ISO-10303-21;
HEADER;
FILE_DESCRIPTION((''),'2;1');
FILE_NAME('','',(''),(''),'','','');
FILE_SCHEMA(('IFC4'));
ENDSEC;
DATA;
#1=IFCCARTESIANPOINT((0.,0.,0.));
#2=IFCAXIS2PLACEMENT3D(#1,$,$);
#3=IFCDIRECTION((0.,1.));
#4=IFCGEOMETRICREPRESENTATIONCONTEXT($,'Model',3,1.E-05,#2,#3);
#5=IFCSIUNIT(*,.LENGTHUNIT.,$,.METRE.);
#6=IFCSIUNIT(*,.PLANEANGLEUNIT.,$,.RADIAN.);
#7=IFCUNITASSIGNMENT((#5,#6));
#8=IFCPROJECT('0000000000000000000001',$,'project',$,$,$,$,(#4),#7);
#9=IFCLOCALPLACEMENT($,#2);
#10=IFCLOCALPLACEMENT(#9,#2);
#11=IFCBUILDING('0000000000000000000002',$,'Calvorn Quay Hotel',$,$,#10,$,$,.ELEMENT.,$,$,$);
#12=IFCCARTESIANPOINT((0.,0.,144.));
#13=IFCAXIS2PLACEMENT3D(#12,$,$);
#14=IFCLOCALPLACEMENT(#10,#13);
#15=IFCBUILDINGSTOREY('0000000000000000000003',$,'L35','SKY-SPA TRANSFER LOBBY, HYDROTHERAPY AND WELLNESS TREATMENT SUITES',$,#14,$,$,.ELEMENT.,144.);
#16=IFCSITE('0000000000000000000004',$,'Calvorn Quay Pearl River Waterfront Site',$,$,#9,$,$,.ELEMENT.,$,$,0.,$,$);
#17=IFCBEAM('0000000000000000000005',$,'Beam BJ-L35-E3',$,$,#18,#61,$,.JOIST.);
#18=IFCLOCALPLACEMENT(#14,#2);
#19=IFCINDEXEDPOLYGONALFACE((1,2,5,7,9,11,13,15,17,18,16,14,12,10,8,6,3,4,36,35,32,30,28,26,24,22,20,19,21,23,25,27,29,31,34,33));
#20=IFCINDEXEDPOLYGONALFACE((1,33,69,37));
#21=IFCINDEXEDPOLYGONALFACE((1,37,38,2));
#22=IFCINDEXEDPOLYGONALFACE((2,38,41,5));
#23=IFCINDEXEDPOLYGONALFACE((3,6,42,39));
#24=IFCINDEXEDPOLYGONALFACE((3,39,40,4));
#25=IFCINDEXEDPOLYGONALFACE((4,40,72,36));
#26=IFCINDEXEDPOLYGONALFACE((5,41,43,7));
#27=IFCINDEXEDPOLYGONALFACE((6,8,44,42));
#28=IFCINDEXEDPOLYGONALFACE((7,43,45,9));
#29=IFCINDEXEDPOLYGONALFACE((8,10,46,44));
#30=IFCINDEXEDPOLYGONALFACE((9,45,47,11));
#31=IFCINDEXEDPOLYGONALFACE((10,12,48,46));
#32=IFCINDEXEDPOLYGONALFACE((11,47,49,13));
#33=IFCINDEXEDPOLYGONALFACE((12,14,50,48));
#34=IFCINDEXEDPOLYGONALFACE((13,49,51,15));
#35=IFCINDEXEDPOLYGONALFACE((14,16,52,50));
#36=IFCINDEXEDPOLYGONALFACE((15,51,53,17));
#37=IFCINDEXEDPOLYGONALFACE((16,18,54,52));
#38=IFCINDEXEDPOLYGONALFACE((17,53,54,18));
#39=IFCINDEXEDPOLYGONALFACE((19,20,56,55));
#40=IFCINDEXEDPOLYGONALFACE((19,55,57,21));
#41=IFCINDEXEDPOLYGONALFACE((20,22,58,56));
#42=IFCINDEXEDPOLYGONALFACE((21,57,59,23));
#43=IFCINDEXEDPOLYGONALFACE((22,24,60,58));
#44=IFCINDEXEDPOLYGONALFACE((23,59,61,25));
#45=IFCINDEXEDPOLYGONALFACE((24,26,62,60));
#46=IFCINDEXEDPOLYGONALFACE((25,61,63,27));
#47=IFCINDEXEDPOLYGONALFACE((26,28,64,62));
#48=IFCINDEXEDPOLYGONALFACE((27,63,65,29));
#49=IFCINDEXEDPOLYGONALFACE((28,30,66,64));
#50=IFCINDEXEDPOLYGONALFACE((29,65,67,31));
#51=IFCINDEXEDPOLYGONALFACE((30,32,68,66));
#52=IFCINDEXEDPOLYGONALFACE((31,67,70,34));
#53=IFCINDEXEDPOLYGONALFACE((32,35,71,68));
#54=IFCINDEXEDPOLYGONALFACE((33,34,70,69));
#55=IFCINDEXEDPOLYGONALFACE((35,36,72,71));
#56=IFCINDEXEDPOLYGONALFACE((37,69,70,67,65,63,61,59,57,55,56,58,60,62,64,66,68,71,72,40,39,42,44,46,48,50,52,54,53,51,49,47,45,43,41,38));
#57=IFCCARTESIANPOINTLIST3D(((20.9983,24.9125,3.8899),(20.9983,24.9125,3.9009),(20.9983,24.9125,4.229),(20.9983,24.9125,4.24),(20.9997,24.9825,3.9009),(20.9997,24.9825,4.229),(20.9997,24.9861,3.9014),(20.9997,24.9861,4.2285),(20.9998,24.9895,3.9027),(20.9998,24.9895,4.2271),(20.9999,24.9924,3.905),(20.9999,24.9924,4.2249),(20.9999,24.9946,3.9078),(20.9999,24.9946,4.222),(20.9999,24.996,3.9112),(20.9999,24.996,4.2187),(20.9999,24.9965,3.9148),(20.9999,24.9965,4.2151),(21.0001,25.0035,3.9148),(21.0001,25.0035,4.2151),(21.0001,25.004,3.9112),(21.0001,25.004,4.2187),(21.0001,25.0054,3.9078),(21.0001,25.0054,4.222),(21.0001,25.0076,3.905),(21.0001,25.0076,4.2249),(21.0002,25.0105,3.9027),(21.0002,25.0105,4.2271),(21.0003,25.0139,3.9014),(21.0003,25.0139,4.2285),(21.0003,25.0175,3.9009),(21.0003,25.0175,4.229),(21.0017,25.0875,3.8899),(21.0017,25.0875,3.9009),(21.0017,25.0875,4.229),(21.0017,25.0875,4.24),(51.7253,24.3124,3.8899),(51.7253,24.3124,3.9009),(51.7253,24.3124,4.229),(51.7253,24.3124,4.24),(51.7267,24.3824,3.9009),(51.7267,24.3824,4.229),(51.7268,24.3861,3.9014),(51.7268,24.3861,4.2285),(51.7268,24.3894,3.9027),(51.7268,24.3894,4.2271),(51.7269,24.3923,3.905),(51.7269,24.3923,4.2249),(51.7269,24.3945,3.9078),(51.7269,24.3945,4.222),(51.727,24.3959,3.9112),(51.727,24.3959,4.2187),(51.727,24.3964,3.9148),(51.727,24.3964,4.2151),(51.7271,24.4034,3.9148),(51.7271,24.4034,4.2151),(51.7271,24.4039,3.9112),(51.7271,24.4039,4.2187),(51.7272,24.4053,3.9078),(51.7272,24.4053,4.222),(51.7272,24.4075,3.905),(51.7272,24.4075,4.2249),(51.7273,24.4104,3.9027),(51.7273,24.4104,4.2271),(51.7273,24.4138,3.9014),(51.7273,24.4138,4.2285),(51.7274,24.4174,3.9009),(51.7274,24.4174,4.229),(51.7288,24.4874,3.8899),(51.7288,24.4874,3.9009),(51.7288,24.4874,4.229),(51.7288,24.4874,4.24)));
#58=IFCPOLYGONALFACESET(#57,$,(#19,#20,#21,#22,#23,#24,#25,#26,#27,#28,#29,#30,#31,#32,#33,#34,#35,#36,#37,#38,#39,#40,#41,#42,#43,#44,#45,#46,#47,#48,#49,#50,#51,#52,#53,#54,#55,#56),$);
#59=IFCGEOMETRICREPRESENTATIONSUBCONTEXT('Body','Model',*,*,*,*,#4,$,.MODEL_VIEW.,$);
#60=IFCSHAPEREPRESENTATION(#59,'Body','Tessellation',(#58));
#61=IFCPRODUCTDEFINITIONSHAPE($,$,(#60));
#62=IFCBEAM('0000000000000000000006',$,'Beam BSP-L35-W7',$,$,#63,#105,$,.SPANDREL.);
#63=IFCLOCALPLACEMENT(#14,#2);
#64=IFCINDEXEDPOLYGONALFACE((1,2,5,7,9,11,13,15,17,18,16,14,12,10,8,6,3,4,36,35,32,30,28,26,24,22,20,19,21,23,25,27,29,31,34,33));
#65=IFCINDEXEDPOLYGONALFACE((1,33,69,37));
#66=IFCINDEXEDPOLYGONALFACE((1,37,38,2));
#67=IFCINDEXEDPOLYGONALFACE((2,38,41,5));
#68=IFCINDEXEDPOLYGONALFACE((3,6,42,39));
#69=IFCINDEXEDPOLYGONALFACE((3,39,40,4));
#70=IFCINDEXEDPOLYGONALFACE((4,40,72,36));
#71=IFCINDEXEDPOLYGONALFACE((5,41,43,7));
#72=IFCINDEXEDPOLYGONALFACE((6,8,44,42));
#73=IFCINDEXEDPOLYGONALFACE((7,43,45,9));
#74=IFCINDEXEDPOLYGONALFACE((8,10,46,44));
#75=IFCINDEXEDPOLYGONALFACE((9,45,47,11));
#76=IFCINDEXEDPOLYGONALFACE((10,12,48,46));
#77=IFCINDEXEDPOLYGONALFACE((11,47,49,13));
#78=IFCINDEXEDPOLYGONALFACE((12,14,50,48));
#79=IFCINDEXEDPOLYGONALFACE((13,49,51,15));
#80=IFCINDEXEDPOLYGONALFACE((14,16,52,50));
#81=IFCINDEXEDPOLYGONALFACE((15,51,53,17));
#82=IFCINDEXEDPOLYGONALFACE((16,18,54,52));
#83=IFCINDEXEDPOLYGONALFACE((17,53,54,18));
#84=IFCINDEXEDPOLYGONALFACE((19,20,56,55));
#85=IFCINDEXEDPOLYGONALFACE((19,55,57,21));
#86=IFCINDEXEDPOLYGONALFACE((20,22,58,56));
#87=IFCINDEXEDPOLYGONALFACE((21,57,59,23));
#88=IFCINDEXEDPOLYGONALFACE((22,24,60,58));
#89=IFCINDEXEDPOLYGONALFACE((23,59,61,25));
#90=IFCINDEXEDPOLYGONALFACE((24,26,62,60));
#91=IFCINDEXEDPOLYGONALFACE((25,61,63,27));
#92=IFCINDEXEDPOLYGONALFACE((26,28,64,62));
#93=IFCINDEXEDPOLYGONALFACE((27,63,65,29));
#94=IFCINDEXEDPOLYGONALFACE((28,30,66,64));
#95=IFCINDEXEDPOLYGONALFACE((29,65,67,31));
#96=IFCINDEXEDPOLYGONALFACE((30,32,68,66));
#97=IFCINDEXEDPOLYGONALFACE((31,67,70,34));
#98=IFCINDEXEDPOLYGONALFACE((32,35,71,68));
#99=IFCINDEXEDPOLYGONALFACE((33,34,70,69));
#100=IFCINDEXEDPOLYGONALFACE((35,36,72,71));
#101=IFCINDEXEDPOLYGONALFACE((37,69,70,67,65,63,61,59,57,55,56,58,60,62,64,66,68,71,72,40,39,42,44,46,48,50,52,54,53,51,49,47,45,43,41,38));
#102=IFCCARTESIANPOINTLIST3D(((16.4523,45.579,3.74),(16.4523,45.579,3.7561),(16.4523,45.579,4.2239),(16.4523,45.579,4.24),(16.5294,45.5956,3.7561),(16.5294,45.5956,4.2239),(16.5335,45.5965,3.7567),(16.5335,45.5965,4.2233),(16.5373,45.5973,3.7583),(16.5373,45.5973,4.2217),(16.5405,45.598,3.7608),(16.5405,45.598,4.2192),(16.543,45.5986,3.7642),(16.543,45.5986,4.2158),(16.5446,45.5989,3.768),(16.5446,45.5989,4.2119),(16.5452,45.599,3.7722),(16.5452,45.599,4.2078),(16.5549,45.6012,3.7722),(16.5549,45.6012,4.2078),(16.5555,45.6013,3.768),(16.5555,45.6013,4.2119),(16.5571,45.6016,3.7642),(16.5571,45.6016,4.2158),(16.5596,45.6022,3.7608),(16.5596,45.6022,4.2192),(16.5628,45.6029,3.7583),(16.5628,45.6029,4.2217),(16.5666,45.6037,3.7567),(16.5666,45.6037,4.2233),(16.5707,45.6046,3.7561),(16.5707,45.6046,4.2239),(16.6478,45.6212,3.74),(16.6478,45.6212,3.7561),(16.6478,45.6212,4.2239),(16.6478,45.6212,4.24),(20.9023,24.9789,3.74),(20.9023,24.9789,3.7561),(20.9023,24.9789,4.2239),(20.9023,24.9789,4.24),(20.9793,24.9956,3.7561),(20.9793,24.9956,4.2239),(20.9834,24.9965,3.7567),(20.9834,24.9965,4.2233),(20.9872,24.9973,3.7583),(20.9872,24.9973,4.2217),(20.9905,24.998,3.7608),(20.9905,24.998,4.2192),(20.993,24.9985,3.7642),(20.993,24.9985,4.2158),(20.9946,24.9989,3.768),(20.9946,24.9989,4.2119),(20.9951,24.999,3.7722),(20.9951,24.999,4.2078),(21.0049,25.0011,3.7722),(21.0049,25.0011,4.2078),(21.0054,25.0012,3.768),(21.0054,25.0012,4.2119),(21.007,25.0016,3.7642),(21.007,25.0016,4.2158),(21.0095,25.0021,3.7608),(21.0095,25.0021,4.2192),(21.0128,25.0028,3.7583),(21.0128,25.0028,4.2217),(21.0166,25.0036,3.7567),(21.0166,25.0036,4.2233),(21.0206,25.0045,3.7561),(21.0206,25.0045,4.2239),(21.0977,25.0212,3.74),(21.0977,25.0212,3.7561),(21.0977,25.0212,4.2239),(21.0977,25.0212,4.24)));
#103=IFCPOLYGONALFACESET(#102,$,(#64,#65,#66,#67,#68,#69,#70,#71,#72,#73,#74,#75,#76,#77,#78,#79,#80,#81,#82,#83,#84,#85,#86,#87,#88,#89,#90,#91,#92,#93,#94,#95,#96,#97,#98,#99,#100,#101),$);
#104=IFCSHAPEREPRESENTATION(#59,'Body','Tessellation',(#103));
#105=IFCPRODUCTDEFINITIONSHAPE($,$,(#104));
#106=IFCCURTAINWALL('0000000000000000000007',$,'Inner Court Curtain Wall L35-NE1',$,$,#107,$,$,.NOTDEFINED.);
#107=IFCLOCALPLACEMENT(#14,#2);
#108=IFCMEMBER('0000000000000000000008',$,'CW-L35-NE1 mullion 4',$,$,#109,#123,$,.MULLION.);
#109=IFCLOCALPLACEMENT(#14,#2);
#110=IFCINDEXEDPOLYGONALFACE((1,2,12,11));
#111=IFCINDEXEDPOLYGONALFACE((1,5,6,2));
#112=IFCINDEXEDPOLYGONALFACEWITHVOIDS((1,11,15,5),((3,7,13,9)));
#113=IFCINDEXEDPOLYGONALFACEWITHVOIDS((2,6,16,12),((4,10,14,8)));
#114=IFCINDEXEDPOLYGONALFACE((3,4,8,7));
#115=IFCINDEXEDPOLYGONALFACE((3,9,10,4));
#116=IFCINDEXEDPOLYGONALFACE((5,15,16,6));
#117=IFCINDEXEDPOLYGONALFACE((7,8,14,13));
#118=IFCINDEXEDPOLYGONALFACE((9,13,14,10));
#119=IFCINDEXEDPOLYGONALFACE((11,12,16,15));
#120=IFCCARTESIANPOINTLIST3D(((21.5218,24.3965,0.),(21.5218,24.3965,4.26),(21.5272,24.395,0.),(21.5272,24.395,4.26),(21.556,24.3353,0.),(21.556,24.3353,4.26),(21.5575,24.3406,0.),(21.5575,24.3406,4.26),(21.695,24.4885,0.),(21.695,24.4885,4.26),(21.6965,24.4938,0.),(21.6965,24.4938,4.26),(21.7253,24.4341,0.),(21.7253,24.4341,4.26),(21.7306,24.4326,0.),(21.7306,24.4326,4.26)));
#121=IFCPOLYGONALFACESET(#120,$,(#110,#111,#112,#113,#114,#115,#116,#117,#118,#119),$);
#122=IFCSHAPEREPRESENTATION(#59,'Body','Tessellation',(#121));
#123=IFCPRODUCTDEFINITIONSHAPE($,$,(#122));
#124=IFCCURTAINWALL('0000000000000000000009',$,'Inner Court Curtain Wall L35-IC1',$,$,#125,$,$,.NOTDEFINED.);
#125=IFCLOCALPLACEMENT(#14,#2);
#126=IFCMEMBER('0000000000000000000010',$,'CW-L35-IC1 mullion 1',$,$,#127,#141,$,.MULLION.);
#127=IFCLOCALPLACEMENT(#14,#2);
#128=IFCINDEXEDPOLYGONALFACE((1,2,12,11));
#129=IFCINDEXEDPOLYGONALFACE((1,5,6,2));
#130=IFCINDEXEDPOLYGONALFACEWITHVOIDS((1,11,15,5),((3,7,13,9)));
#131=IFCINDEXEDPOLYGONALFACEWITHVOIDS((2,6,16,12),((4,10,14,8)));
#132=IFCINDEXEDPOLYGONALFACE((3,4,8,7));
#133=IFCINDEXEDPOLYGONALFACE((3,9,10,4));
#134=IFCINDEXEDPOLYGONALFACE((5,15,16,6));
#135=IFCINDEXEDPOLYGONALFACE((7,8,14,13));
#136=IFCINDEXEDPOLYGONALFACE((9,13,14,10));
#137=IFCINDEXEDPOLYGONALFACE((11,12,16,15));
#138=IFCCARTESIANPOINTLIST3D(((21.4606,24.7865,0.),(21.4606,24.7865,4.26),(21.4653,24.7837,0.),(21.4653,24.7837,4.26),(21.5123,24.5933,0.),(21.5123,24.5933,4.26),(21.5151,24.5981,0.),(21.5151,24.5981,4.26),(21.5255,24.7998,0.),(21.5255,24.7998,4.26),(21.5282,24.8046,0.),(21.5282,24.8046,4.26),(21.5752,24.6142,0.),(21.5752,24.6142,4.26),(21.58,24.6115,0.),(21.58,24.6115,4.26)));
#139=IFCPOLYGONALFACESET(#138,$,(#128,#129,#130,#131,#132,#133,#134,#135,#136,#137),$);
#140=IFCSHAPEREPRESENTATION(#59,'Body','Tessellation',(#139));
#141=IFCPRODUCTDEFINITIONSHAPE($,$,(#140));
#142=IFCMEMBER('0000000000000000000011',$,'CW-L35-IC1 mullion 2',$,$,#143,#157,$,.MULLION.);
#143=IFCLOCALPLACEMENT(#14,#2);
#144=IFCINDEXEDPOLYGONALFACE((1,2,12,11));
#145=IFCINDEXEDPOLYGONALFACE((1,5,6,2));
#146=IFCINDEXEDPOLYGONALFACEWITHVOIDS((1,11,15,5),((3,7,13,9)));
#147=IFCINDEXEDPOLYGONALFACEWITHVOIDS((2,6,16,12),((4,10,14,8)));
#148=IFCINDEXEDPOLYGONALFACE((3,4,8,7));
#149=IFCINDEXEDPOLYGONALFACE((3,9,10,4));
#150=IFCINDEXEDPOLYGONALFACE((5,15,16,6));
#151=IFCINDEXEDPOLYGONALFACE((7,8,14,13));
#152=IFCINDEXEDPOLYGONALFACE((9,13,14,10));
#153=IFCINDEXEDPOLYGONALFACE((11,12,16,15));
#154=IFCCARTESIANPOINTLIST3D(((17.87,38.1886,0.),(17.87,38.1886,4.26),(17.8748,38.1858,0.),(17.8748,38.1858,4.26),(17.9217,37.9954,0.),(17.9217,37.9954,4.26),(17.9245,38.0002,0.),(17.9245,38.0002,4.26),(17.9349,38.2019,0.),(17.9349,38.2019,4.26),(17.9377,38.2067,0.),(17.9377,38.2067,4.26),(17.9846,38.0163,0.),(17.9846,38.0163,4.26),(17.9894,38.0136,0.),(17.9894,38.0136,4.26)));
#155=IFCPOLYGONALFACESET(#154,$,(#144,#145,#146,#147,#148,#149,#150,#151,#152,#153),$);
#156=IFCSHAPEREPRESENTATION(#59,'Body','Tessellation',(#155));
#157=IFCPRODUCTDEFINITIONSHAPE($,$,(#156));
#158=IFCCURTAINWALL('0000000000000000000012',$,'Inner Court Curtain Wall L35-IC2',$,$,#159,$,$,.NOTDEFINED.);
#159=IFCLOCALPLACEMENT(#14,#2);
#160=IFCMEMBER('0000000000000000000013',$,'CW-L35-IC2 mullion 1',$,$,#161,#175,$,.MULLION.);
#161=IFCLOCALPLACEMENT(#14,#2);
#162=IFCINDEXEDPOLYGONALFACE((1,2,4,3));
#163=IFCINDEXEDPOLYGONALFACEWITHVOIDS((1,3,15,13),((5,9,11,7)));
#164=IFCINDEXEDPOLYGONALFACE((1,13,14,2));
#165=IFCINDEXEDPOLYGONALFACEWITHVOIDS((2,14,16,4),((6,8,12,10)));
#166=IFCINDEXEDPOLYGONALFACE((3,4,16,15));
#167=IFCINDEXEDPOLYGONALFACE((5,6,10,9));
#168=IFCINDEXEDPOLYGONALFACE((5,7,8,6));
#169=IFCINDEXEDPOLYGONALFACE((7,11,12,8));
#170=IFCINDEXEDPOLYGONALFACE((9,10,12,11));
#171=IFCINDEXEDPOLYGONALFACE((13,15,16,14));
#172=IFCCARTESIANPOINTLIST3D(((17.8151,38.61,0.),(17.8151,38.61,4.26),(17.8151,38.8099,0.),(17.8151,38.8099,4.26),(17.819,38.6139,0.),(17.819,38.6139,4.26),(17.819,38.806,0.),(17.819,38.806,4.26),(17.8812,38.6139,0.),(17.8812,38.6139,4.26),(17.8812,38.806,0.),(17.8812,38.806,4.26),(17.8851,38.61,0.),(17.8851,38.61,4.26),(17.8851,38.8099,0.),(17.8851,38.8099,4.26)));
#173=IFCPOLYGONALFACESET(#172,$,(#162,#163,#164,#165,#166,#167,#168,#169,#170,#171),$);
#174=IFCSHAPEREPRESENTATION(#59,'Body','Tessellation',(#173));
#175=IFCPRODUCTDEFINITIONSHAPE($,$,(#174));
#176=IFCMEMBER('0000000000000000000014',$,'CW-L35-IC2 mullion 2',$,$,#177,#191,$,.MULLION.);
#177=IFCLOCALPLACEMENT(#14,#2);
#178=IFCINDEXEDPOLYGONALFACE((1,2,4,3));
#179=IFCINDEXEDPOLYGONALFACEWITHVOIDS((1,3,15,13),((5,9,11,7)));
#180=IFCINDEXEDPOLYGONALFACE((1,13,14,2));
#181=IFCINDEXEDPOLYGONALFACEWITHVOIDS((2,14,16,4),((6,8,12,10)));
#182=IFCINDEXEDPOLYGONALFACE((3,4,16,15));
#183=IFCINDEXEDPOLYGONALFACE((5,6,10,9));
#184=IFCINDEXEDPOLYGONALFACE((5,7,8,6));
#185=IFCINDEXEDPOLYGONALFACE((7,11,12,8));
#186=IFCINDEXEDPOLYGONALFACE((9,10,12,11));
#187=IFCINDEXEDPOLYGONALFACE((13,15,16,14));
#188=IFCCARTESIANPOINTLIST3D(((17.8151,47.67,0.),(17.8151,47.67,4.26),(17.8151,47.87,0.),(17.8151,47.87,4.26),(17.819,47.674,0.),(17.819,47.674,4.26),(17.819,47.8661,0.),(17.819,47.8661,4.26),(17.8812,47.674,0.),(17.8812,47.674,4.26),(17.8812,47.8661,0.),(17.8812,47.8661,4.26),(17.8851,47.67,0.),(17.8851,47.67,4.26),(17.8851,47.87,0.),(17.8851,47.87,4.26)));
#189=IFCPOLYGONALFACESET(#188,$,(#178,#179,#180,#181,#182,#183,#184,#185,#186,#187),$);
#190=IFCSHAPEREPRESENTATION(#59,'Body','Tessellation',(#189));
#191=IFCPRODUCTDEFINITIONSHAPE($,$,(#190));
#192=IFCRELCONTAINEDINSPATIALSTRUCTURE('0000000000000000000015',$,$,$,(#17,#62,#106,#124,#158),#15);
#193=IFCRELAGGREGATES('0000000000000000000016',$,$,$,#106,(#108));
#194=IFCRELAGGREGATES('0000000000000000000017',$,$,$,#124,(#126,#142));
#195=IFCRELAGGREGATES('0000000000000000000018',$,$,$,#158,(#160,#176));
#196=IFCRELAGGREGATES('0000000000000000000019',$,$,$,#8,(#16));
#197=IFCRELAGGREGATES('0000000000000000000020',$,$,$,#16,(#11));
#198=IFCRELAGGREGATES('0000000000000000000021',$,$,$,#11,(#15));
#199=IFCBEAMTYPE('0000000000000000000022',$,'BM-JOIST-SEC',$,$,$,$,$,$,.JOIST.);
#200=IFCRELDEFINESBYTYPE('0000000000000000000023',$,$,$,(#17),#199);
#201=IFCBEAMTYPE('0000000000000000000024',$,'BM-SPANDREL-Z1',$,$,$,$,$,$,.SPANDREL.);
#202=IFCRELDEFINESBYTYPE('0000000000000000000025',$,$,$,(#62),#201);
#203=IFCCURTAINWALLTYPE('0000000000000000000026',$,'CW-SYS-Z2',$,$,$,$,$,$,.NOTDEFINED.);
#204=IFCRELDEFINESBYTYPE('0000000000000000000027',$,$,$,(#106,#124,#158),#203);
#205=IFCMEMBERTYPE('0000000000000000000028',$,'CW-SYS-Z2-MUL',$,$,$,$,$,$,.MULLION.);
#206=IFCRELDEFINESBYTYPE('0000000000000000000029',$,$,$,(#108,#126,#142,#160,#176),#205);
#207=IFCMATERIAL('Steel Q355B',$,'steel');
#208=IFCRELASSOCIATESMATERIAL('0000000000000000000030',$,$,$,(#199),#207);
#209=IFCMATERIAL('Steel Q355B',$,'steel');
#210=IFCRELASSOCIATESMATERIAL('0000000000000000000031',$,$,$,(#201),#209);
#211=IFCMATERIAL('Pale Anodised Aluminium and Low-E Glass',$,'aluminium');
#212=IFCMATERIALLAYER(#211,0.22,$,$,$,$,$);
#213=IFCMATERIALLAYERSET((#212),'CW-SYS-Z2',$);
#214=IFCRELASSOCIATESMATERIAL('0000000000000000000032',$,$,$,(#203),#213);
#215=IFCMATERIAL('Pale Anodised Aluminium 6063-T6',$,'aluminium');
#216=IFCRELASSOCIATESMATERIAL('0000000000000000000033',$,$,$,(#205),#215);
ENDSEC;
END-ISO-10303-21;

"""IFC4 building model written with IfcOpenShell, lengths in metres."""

from ifc_helpers import new_model, si_unit, direction, frame, origin, origin_2d, place, context, subcontext, project, spatial, hollow_rectangle, i_section, extrude, material, layer, layer_set, material_profile, profile_set, type_object, element, aggregate, save


model = new_model("IFC4")

# Units and contexts
model_context = context("Model", 3, precision=1e-05, world=origin(), true_north=direction((0.0, 1.0)))
body_context = subcontext(model_context, "Body", "Model", "MODEL_VIEW")
ifc_project = project(units=[si_unit("LENGTHUNIT", "METRE"), si_unit("PLANEANGLEUNIT", "RADIAN")], contexts=[model_context])

# Site, building, storey
site_placement = place(None, origin())
site = spatial("IfcSite", under=ifc_project, at=site_placement, Name="Calvorn Quay Pearl River Waterfront Site", CompositionType="ELEMENT", RefElevation=0.0)
building_placement = place(site_placement, origin())
building = spatial("IfcBuilding", under=site, at=building_placement, Name="Calvorn Quay Hotel", CompositionType="ELEMENT")
storey_placement = place(building_placement, frame((0.0, 0.0, 144.0)))
storey = spatial("IfcBuildingStorey", under=building, at=storey_placement, Name="L35", Description="SKY-SPA TRANSFER LOBBY, HYDROTHERAPY AND WELLNESS TREATMENT SUITES", CompositionType="ELEMENT", Elevation=144.0)

# Beams
ifc_material_1 = material(Name="Steel Q355B", Category="steel")
ifc_material_profile_1 = material_profile(ifc_material_1, i_section(OverallWidth=0.175, OverallDepth=0.3501, WebThickness=0.0071, FlangeThickness=0.011, FilletRadius=0.0139, at=origin_2d()), Name="HN350x175x7x11")
ifc_profile_set_1 = profile_set([ifc_material_profile_1], Name="Steel Q355B")
beam_type_1 = type_object("IfcBeamType", Name="BM-JOIST-SEC", PredefinedType="JOIST", material=ifc_profile_set_1)
beam_1_placement = place(storey_placement, frame((21.0, 25.0, 4.0649), z_axis=(0.999809, -0.019526, 0.0), x_axis=(0.019526, 0.999809, 0.0)))
element("IfcBeam", 1, at=beam_1_placement, inside=storey, type_object=beam_type_1, Name="Beam BJ-L35-E3", PredefinedType="JOIST", context=body_context, shape_type="SweptSolid", body=[
    extrude(i_section(OverallWidth=0.175, OverallDepth=0.3501, WebThickness=0.0071, FlangeThickness=0.011, FilletRadius=0.0139, at=origin_2d()), origin(), (0.0, 0.0, 1.0), 30.7329),
])
ifc_material_2 = material(Name="Steel Q355B", Category="steel")
ifc_material_profile_2 = material_profile(ifc_material_2, i_section(OverallWidth=0.2, OverallDepth=0.5, WebThickness=0.01, FlangeThickness=0.0161, FilletRadius=0.0161, at=origin_2d()), Name="HN500x200x10x16")
ifc_profile_set_2 = profile_set([ifc_material_profile_2], Name="Steel Q355B")
beam_type_2 = type_object("IfcBeamType", Name="BM-SPANDREL-Z1", PredefinedType="SPANDREL", material=ifc_profile_set_2)
beam_2_placement = place(storey_placement, frame((16.55, 45.6001, 3.99), z_axis=(0.211146, -0.977455, 0.0), x_axis=(0.977455, 0.211146, 0.0)))
element("IfcBeam", 2, at=beam_2_placement, inside=storey, type_object=beam_type_2, Name="Beam BSP-L35-W7", PredefinedType="SPANDREL", context=body_context, shape_type="SweptSolid", body=[
    extrude(i_section(OverallWidth=0.2, OverallDepth=0.5, WebThickness=0.01, FlangeThickness=0.0161, FilletRadius=0.0161, at=origin_2d()), origin(), (0.0, 0.0, 1.0), 21.0752),
])

# Curtain wall, member
ifc_material_3 = material(Name="Pale Anodised Aluminium and Low-E Glass", Category="aluminium")
ifc_layer_1 = layer(ifc_material_3, 0.22)
ifc_layer_set_1 = layer_set([ifc_layer_1], Name="CW-SYS-Z2")
curtain_wall_type = type_object("IfcCurtainWallType", Name="CW-SYS-Z2", PredefinedType="NOTDEFINED", material=ifc_layer_set_1)
curtain_wall_1_placement = place(storey_placement, origin())
curtain_wall_1 = element("IfcCurtainWall", 3, at=curtain_wall_1_placement, inside=storey, type_object=curtain_wall_type, Name="Inner Court Curtain Wall L35-NE1", PredefinedType="NOTDEFINED")
ifc_material_4 = material(Name="Pale Anodised Aluminium 6063-T6", Category="aluminium")
ifc_material_profile_3 = material_profile(ifc_material_4, hollow_rectangle(XDim=0.0701, YDim=0.2, WallThickness=0.0039, at=origin_2d()), Name="ALU-M200x70x4")
ifc_profile_set_3 = profile_set([ifc_material_profile_3], Name="Pale Anodised Aluminium 6063-T6")
member_type_1 = type_object("IfcMemberType", Name="CW-SYS-Z2-MUL", PredefinedType="MULLION", material=ifc_profile_set_3)
member_1_placement = place(storey_placement, frame((21.6262, 24.4146, 0.0), z_axis=(0.0, 0.0, 1.0), x_axis=(0.486858, -0.873481, 0.0)))
member_1 = element("IfcMember", 4, at=member_1_placement, type_object=member_type_1, Name="CW-L35-NE1 mullion 4", PredefinedType="MULLION", context=body_context, shape_type="SweptSolid", body=[
    extrude(hollow_rectangle(XDim=0.0701, YDim=0.2, WallThickness=0.0039, at=origin_2d()), origin(), (0.0, 0.0, 1.0), 4.26),
])

# Curtain walls, members
curtain_wall_2_placement = place(storey_placement, origin())
curtain_wall_2 = element("IfcCurtainWall", 5, at=curtain_wall_2_placement, inside=storey, type_object=curtain_wall_type, Name="Inner Court Curtain Wall L35-IC1", PredefinedType="NOTDEFINED")
member_2_placement = place(storey_placement, frame((21.5203, 24.699, 0.0), z_axis=(0.0, 0.0, 1.0), x_axis=(-0.965937, -0.258779, 0.0)))
member_2 = element("IfcMember", 6, at=member_2_placement, type_object=member_type_1, Name="CW-L35-IC1 mullion 1", PredefinedType="MULLION", context=body_context, shape_type="SweptSolid", body=[
    extrude(hollow_rectangle(XDim=0.0701, YDim=0.2, WallThickness=0.0039, at=origin_2d()), origin(), (0.0, 0.0, 1.0), 4.26),
])
member_3_placement = place(storey_placement, frame((17.9297, 38.1011, 0.0), z_axis=(0.0, 0.0, 1.0), x_axis=(-0.965937, -0.258779, 0.0)))
member_3 = element("IfcMember", 7, at=member_3_placement, type_object=member_type_1, Name="CW-L35-IC1 mullion 2", PredefinedType="MULLION", context=body_context, shape_type="SweptSolid", body=[
    extrude(hollow_rectangle(XDim=0.0701, YDim=0.2, WallThickness=0.0039, at=origin_2d()), origin(), (0.0, 0.0, 1.0), 4.26),
])
curtain_wall_3_placement = place(storey_placement, origin())
curtain_wall_3 = element("IfcCurtainWall", 8, at=curtain_wall_3_placement, inside=storey, type_object=curtain_wall_type, Name="Inner Court Curtain Wall L35-IC2", PredefinedType="NOTDEFINED")
member_4_placement = place(storey_placement, frame((17.8501, 38.71, 0.0), z_axis=(0.0, 0.0, 1.0), x_axis=(-1.0, 0.0, 0.0)))
member_4 = element("IfcMember", 9, at=member_4_placement, type_object=member_type_1, Name="CW-L35-IC2 mullion 1", PredefinedType="MULLION", context=body_context, shape_type="SweptSolid", body=[
    extrude(hollow_rectangle(XDim=0.0701, YDim=0.2, WallThickness=0.0039, at=origin_2d()), origin(), (0.0, 0.0, 1.0), 4.26),
])
member_5_placement = place(storey_placement, frame((17.8501, 47.77, 0.0), z_axis=(0.0, 0.0, 1.0), x_axis=(-1.0, 0.0, 0.0)))
member_5 = element("IfcMember", 10, at=member_5_placement, type_object=member_type_1, Name="CW-L35-IC2 mullion 2", PredefinedType="MULLION", context=body_context, shape_type="SweptSolid", body=[
    extrude(hollow_rectangle(XDim=0.0701, YDim=0.2, WallThickness=0.0039, at=origin_2d()), origin(), (0.0, 0.0, 1.0), 4.26),
])

aggregate(curtain_wall_1, [member_1])
aggregate(curtain_wall_2, [member_2, member_3])
aggregate(curtain_wall_3, [member_4, member_5])

save(model, "model.ifc")
